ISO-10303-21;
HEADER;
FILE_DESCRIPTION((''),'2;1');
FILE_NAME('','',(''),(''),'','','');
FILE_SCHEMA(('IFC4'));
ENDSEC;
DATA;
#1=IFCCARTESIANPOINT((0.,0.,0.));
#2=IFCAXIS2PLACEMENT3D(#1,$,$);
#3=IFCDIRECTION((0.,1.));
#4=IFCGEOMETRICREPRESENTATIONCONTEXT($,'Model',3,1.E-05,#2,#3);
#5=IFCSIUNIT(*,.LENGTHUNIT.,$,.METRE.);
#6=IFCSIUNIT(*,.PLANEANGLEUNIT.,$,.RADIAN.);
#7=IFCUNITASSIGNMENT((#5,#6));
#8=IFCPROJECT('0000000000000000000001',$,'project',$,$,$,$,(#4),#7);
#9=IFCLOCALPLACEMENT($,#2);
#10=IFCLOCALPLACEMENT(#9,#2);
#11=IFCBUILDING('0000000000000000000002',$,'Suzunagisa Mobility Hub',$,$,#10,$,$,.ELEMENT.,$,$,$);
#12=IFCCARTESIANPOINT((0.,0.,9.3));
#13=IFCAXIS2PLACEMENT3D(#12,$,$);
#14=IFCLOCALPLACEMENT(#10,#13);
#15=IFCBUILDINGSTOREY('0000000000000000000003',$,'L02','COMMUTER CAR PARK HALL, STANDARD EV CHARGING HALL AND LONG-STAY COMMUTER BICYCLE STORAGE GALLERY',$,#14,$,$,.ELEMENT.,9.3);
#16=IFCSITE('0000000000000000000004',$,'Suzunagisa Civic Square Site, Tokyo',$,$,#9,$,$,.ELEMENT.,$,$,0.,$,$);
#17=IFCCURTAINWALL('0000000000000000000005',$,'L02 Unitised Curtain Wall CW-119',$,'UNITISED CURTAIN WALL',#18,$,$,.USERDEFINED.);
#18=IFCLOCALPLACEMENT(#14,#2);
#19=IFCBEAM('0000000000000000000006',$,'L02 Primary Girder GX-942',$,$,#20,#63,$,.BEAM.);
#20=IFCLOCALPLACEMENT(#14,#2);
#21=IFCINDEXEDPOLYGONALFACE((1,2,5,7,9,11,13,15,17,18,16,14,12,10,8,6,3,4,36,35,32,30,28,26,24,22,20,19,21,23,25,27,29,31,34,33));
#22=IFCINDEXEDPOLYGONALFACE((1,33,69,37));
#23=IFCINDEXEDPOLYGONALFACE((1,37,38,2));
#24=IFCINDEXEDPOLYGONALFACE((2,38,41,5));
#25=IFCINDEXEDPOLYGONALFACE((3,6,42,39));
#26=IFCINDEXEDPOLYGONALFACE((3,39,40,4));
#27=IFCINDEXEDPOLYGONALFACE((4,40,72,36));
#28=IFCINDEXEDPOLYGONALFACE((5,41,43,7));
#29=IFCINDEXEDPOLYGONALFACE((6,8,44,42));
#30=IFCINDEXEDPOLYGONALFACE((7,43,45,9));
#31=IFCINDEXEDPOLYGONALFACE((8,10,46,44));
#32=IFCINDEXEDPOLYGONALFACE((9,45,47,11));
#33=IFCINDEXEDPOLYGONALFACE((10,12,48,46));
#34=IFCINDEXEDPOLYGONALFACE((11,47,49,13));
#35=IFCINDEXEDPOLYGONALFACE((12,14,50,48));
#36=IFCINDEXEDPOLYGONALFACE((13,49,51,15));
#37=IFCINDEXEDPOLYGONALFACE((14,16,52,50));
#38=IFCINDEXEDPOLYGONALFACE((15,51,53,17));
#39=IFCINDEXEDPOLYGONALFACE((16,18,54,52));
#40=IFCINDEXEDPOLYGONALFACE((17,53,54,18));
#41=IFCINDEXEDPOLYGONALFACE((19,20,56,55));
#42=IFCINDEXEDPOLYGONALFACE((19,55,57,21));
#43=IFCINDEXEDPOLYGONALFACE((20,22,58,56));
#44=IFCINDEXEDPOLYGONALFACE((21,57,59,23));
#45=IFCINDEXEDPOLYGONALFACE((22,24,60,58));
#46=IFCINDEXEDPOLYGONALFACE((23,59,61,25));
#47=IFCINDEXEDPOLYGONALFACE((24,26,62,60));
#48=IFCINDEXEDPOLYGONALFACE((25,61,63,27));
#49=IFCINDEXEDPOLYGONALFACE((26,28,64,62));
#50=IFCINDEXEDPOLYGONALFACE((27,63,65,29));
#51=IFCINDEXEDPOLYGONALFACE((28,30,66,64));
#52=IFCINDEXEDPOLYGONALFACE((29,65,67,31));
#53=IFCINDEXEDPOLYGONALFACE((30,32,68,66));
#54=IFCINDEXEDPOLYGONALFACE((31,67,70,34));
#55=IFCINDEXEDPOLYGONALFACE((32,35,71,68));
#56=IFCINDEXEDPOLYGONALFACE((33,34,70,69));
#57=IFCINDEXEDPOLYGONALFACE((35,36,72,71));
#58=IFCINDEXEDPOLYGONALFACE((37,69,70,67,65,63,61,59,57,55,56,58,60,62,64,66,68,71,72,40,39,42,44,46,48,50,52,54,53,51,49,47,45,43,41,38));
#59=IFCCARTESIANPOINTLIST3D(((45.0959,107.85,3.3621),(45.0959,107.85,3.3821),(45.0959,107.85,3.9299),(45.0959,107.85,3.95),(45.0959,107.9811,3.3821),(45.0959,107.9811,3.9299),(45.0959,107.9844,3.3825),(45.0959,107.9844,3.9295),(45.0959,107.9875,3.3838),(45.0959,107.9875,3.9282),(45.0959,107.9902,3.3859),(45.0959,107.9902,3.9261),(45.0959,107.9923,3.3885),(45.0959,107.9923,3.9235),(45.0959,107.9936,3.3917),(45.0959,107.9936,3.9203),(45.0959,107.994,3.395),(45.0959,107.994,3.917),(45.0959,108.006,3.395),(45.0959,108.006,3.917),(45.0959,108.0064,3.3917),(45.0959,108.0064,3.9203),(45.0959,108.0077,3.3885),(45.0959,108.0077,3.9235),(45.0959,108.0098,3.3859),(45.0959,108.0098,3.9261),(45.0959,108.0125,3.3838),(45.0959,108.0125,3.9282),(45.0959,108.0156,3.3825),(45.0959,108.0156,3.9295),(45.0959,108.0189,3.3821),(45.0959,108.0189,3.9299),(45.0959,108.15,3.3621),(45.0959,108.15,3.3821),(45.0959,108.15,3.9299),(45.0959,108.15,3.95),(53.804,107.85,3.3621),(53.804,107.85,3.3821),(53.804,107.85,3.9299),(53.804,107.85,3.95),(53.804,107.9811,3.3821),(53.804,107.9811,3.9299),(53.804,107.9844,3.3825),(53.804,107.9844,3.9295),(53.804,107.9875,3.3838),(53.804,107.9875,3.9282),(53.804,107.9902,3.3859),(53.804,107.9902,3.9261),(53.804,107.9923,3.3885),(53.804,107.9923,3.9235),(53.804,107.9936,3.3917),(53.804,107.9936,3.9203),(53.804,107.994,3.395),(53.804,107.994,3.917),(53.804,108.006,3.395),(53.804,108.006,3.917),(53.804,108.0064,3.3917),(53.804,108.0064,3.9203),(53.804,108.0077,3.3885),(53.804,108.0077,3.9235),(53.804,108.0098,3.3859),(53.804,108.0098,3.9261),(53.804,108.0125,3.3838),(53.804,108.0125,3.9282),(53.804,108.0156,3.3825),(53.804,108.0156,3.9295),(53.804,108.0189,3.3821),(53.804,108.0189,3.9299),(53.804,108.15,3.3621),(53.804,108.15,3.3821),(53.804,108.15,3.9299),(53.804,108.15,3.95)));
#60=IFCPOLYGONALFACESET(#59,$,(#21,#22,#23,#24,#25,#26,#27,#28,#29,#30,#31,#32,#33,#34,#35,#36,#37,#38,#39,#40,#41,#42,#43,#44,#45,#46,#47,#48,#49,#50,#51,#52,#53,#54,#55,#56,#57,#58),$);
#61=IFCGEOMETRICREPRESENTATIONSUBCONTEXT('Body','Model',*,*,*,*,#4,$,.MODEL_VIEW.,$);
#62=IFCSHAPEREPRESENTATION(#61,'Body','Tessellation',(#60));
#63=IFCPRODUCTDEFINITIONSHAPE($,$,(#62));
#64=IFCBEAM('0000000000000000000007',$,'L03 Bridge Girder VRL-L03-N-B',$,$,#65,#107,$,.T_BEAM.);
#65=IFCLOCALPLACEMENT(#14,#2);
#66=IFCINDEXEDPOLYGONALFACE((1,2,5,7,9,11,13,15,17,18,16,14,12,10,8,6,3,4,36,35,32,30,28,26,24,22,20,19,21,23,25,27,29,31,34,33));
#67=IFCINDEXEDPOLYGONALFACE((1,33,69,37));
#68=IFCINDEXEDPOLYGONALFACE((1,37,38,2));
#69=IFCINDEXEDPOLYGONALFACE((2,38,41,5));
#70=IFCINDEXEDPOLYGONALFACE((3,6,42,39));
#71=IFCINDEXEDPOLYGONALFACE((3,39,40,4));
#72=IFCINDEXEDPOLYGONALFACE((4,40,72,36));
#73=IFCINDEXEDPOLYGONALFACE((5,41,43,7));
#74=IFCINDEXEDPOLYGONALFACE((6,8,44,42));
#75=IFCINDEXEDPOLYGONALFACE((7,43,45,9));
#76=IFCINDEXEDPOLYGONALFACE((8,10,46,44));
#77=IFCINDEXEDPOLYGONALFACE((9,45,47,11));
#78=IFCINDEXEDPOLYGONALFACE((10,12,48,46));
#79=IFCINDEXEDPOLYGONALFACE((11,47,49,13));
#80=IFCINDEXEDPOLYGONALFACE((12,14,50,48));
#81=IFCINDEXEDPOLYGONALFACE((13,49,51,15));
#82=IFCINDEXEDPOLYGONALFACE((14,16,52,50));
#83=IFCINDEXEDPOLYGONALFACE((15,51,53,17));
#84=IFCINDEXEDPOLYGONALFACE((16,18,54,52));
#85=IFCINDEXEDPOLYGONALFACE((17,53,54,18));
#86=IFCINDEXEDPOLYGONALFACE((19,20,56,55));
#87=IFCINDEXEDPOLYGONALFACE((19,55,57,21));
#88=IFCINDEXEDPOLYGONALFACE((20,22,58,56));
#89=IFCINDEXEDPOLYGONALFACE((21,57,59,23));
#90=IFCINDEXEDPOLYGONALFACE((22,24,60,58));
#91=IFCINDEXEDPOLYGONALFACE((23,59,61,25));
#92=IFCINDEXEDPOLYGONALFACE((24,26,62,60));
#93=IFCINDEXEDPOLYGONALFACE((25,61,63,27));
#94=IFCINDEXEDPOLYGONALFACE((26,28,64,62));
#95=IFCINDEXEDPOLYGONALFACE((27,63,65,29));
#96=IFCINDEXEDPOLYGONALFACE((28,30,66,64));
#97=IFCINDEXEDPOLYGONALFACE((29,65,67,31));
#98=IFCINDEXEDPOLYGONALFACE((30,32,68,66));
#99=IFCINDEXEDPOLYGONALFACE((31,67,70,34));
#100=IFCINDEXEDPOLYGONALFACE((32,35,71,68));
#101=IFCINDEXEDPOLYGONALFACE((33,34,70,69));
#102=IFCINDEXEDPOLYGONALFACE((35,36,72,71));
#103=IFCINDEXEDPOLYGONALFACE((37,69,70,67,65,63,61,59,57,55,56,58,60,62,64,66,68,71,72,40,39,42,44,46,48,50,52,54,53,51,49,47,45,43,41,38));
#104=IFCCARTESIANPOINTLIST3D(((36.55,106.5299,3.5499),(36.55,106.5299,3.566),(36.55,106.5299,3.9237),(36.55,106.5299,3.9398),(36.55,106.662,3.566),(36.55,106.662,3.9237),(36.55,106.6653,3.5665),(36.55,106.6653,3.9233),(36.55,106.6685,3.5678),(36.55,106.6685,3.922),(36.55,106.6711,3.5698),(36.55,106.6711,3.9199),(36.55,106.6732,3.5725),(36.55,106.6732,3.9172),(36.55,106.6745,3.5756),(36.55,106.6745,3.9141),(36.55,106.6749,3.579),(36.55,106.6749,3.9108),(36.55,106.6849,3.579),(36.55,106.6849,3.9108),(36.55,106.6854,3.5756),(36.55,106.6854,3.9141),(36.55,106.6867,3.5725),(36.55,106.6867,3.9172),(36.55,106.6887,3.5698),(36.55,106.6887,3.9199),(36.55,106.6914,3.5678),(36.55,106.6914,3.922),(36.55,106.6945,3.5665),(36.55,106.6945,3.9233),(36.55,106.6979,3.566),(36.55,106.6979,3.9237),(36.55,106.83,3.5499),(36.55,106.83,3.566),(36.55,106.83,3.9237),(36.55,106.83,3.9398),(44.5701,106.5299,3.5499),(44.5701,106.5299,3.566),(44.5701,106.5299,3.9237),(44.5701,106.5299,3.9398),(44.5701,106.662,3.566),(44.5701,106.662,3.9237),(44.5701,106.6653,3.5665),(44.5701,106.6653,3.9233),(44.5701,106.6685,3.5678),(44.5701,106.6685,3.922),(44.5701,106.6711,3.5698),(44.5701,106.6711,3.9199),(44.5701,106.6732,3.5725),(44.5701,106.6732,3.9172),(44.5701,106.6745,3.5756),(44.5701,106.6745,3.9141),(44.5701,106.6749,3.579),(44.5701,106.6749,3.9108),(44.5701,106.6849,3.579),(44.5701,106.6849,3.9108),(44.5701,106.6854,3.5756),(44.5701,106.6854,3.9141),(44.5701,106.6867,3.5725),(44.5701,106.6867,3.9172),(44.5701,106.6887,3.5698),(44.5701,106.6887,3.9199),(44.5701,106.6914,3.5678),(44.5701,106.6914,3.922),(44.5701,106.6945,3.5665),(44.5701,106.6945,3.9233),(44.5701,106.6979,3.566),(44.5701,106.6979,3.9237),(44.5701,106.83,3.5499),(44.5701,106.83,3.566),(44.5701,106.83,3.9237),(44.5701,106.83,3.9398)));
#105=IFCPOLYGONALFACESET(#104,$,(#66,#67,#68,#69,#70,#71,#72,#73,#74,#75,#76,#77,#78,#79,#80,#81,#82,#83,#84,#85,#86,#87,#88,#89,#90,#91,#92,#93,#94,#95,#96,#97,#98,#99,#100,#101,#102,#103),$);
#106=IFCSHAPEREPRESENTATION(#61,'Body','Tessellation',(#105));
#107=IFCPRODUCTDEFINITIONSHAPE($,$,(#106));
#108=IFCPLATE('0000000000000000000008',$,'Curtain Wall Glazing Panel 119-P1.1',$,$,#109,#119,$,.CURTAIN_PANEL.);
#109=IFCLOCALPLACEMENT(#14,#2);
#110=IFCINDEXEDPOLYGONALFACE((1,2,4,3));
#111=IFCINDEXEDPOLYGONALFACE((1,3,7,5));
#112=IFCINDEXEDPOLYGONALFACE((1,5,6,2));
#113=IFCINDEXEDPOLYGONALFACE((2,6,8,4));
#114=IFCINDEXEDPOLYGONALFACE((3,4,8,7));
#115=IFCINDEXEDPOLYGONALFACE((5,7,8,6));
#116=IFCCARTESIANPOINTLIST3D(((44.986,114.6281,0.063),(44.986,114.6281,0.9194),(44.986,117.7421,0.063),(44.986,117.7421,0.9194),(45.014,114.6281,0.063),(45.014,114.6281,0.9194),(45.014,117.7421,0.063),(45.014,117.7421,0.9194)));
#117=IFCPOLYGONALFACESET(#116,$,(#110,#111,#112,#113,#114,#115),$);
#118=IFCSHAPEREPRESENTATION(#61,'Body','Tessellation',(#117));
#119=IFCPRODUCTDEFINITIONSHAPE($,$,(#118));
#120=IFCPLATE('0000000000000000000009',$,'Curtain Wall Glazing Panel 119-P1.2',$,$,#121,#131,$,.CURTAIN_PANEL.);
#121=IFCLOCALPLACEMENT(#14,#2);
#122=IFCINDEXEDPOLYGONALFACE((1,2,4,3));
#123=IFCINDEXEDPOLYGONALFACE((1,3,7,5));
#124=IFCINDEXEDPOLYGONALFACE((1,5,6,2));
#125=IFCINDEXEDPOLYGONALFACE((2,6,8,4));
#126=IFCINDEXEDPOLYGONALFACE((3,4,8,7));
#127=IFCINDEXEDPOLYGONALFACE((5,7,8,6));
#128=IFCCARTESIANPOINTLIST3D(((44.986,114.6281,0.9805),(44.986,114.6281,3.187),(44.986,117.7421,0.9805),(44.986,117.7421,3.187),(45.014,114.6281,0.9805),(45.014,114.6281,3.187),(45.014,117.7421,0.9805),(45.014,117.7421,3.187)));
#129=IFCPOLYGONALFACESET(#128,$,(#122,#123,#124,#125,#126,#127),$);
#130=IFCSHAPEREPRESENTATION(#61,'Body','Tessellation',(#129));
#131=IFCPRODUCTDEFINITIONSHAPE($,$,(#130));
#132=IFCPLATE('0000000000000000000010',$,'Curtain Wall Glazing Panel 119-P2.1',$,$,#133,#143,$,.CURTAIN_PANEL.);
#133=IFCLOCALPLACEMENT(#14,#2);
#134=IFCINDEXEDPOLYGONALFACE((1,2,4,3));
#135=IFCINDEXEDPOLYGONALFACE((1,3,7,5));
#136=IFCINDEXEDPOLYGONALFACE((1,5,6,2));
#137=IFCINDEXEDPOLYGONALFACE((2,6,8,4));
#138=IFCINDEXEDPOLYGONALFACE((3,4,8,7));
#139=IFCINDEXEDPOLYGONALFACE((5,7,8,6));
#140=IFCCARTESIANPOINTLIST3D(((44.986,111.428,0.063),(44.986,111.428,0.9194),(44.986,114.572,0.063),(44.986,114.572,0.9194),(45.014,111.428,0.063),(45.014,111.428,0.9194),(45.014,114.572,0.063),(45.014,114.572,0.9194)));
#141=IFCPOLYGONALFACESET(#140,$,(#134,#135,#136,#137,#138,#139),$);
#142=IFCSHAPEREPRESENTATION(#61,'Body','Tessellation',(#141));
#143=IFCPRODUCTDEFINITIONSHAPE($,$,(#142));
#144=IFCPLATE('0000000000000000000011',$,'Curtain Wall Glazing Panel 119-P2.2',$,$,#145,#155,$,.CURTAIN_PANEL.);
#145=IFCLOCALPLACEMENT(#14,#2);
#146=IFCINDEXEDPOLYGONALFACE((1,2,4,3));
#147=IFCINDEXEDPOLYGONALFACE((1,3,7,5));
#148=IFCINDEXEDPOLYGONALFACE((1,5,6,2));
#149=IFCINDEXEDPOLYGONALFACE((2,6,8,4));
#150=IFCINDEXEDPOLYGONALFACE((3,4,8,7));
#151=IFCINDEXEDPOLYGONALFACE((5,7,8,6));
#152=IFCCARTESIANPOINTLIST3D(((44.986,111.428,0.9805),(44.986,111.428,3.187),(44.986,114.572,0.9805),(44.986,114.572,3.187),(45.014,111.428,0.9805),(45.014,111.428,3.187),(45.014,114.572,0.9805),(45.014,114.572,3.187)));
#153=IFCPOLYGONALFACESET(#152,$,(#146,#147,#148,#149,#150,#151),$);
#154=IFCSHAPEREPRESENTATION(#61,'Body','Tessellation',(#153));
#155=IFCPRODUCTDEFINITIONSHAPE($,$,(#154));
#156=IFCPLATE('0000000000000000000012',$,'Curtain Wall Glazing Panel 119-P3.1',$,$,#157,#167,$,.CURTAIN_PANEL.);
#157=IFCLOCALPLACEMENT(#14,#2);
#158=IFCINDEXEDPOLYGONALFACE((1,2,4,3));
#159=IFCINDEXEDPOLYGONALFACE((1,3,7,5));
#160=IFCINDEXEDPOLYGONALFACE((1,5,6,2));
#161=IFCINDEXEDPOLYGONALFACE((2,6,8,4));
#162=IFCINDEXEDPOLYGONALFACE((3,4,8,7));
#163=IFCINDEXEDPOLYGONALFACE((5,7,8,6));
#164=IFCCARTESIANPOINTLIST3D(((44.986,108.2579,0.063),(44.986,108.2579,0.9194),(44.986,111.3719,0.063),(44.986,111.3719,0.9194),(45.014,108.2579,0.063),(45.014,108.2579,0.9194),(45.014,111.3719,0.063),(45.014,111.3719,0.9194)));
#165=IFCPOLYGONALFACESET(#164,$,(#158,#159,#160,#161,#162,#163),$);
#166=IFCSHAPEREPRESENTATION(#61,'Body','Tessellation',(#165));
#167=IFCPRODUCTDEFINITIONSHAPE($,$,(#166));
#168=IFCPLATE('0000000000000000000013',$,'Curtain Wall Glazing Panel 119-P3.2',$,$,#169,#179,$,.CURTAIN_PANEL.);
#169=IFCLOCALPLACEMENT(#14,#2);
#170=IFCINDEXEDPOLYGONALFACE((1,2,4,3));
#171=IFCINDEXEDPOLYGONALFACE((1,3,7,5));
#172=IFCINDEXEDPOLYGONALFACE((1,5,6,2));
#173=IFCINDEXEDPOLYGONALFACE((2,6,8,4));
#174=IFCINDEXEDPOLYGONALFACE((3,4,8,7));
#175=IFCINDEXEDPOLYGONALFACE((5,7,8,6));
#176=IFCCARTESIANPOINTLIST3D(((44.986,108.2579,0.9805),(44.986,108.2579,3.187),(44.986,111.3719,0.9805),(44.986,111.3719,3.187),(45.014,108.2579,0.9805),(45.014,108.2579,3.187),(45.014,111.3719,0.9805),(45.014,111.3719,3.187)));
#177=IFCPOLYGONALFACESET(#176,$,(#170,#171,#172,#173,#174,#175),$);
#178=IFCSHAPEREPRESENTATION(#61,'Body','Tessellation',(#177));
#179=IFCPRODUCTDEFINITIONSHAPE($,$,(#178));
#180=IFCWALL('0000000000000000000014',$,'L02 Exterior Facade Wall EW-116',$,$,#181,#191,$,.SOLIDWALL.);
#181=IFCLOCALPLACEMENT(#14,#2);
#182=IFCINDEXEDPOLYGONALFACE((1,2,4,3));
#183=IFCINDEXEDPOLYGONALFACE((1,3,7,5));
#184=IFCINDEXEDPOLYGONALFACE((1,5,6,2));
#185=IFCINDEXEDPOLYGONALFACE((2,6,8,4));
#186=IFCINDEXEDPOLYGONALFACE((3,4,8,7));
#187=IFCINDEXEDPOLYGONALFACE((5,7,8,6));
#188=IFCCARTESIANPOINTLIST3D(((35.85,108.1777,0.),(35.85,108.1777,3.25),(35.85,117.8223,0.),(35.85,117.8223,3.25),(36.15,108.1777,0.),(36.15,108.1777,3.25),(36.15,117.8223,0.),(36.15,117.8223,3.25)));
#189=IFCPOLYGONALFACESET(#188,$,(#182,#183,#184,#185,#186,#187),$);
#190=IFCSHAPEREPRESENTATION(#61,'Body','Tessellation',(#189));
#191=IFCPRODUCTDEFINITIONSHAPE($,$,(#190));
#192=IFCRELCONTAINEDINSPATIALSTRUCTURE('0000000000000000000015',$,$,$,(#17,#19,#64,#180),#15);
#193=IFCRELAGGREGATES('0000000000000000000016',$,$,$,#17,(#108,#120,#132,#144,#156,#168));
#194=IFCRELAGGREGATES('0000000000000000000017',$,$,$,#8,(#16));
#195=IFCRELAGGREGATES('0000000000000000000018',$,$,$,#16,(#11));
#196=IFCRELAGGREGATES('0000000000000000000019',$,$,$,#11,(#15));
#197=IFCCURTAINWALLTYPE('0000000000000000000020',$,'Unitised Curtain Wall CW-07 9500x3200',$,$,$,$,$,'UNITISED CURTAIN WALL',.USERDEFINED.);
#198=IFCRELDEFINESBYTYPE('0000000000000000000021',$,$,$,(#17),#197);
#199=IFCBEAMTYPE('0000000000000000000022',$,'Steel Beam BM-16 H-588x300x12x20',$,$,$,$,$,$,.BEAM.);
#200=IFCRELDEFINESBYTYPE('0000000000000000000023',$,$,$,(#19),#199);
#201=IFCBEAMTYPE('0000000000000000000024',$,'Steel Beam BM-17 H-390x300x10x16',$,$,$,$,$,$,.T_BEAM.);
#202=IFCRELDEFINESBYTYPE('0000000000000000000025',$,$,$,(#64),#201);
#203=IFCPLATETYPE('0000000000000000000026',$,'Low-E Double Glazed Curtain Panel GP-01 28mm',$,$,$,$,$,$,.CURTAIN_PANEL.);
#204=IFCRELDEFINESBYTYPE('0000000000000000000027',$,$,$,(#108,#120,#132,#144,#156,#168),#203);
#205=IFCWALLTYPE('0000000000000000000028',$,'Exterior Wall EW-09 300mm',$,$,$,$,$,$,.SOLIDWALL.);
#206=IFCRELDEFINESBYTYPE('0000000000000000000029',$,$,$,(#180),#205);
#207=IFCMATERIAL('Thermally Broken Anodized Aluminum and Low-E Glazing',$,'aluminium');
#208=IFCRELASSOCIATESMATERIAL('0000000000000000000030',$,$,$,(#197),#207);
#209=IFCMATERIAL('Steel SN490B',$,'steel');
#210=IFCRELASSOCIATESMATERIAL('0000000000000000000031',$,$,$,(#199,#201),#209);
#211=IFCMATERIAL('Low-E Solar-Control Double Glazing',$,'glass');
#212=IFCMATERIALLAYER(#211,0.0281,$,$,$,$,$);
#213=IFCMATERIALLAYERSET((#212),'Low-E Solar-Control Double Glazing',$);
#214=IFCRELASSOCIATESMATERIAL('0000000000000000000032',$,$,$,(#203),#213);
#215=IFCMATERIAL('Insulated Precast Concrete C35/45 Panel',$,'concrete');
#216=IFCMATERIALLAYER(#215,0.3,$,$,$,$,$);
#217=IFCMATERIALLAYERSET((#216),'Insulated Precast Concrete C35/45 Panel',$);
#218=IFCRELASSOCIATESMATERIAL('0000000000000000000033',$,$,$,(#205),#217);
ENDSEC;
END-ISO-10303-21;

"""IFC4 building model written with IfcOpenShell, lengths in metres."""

from ifc_helpers import new_model, si_unit, direction, frame, frame_2d, origin, origin_2d, place, context, subcontext, project, spatial, rectangle, i_section, extrude, material, layer, layer_set, material_profile, profile_set, type_object, element, aggregate, save


model = new_model("IFC4")

# Units and contexts
model_context = context("Model", 3, precision=1e-05, world=origin(), true_north=direction((0.0, 1.0)))
body_context = subcontext(model_context, "Body", "Model", "MODEL_VIEW")
ifc_project = project(units=[si_unit("LENGTHUNIT", "METRE"), si_unit("PLANEANGLEUNIT", "RADIAN")], contexts=[model_context])

# Site, building, storey
site_placement = place(None, origin())
site = spatial("IfcSite", under=ifc_project, at=site_placement, Name="Suzunagisa Civic Square Site, Tokyo", CompositionType="ELEMENT", RefElevation=0.0)
building_placement = place(site_placement, origin())
building = spatial("IfcBuilding", under=site, at=building_placement, Name="Suzunagisa Mobility Hub", CompositionType="ELEMENT")
storey_placement = place(building_placement, frame((0.0, 0.0, 9.3)))
storey = spatial("IfcBuildingStorey", under=building, at=storey_placement, Name="L02", Description="COMMUTER CAR PARK HALL, STANDARD EV CHARGING HALL AND LONG-STAY COMMUTER BICYCLE STORAGE GALLERY", CompositionType="ELEMENT", Elevation=9.3)

# Shared definitions
ifc_material_1 = material(Name="Steel SN490B", Category="steel")

# Curtain wall
ifc_material_2 = material(Name="Thermally Broken Anodized Aluminum and Low-E Glazing", Category="aluminium")
curtain_wall_type = type_object("IfcCurtainWallType", Name="Unitised Curtain Wall CW-07 9500x3200", ElementType="UNITISED CURTAIN WALL", PredefinedType="USERDEFINED", material=ifc_material_2)
curtain_wall_placement = place(storey_placement, origin())
curtain_wall = element("IfcCurtainWall", 1, at=curtain_wall_placement, inside=storey, type_object=curtain_wall_type, Name="L02 Unitised Curtain Wall CW-119", ObjectType="UNITISED CURTAIN WALL", PredefinedType="USERDEFINED")

# Beams
ifc_material_profile_1 = material_profile(ifc_material_1, i_section(OverallWidth=0.3, OverallDepth=0.5879, WebThickness=0.012, FlangeThickness=0.02, FilletRadius=0.0129, at=origin_2d()), Name="H-588x300x12x20")
ifc_profile_set_1 = profile_set([ifc_material_profile_1], Name="Steel SN490B")
beam_type_1 = type_object("IfcBeamType", Name="Steel Beam BM-16 H-588x300x12x20", PredefinedType="BEAM", material=ifc_profile_set_1)
beam_1_placement = place(storey_placement, frame((45.0959, 108.0, 3.656), z_axis=(1.0, 0.0, 0.0), x_axis=(0.0, 1.0, 0.0)))
element("IfcBeam", 2, at=beam_1_placement, inside=storey, type_object=beam_type_1, Name="L02 Primary Girder GX-942", PredefinedType="BEAM", context=body_context, shape_type="SweptSolid", body=[
    extrude(i_section(OverallWidth=0.3, OverallDepth=0.5879, WebThickness=0.012, FlangeThickness=0.02, FilletRadius=0.0129, at=origin_2d()), origin(), (0.0, 0.0, 1.0), 8.708),
])
ifc_material_profile_2 = material_profile(ifc_material_1, i_section(OverallWidth=0.3, OverallDepth=0.3899, WebThickness=0.01, FlangeThickness=0.0161, FilletRadius=0.0129, at=origin_2d()), Name="H-390x300x10x16")
ifc_profile_set_2 = profile_set([ifc_material_profile_2], Name="Steel SN490B")
beam_type_2 = type_object("IfcBeamType", Name="Steel Beam BM-17 H-390x300x10x16", PredefinedType="T_BEAM", material=ifc_profile_set_2)
beam_2_placement = place(storey_placement, frame((36.55, 106.6799, 3.7449), z_axis=(1.0, 0.0, 0.0), x_axis=(0.0, 1.0, 0.0)))
element("IfcBeam", 3, at=beam_2_placement, inside=storey, type_object=beam_type_2, Name="L03 Bridge Girder VRL-L03-N-B", PredefinedType="T_BEAM", context=body_context, shape_type="SweptSolid", body=[
    extrude(i_section(OverallWidth=0.3, OverallDepth=0.3899, WebThickness=0.01, FlangeThickness=0.0161, FilletRadius=0.0129, at=origin_2d()), origin(), (0.0, 0.0, 1.0), 8.02),
])

# Plates
ifc_material_3 = material(Name="Low-E Solar-Control Double Glazing", Category="glass")
ifc_layer_1 = layer(ifc_material_3, 0.0281)
ifc_layer_set_1 = layer_set([ifc_layer_1], Name="Low-E Solar-Control Double Glazing")
plate_type = type_object("IfcPlateType", Name="Low-E Double Glazed Curtain Panel GP-01 28mm", PredefinedType="CURTAIN_PANEL", material=ifc_layer_set_1)
plate_1_placement = place(storey_placement, frame((45.0, 116.1851, 0.063), z_axis=(0.0, 0.0, 1.0), x_axis=(0.0, -1.0, 0.0)))
plate_1 = element("IfcPlate", 4, at=plate_1_placement, type_object=plate_type, Name="Curtain Wall Glazing Panel 119-P1.1", PredefinedType="CURTAIN_PANEL", context=body_context, shape_type="SweptSolid", body=[
    extrude(rectangle(XDim=3.114, YDim=0.0281, at=origin_2d()), origin(), (0.0, 0.0, 1.0), 0.8564),
])
plate_2_placement = place(storey_placement, frame((45.0, 116.1851, 0.9805), z_axis=(0.0, 0.0, 1.0), x_axis=(0.0, -1.0, 0.0)))
plate_2 = element("IfcPlate", 5, at=plate_2_placement, type_object=plate_type, Name="Curtain Wall Glazing Panel 119-P1.2", PredefinedType="CURTAIN_PANEL", context=body_context, shape_type="SweptSolid", body=[
    extrude(rectangle(XDim=3.114, YDim=0.0281, at=origin_2d()), origin(), (0.0, 0.0, 1.0), 2.2065),
])
plate_3_placement = place(storey_placement, frame((45.0, 113.0, 0.063), z_axis=(0.0, 0.0, 1.0), x_axis=(0.0, -1.0, 0.0)))
plate_3 = element("IfcPlate", 6, at=plate_3_placement, type_object=plate_type, Name="Curtain Wall Glazing Panel 119-P2.1", PredefinedType="CURTAIN_PANEL", context=body_context, shape_type="SweptSolid", body=[
    extrude(rectangle(XDim=3.144, YDim=0.0281, at=origin_2d()), origin(), (0.0, 0.0, 1.0), 0.8564),
])
plate_4_placement = place(storey_placement, frame((45.0, 113.0, 0.9805), z_axis=(0.0, 0.0, 1.0), x_axis=(0.0, -1.0, 0.0)))
plate_4 = element("IfcPlate", 7, at=plate_4_placement, type_object=plate_type, Name="Curtain Wall Glazing Panel 119-P2.2", PredefinedType="CURTAIN_PANEL", context=body_context, shape_type="SweptSolid", body=[
    extrude(rectangle(XDim=3.144, YDim=0.0281, at=origin_2d()), origin(), (0.0, 0.0, 1.0), 2.2065),
])
plate_5_placement = place(storey_placement, frame((45.0, 109.8149, 0.063), z_axis=(0.0, 0.0, 1.0), x_axis=(0.0, -1.0, 0.0)))
plate_5 = element("IfcPlate", 8, at=plate_5_placement, type_object=plate_type, Name="Curtain Wall Glazing Panel 119-P3.1", PredefinedType="CURTAIN_PANEL", context=body_context, shape_type="SweptSolid", body=[
    extrude(rectangle(XDim=3.114, YDim=0.0281, at=origin_2d()), origin(), (0.0, 0.0, 1.0), 0.8564),
])
plate_6_placement = place(storey_placement, frame((45.0, 109.8149, 0.9805), z_axis=(0.0, 0.0, 1.0), x_axis=(0.0, -1.0, 0.0)))
plate_6 = element("IfcPlate", 9, at=plate_6_placement, type_object=plate_type, Name="Curtain Wall Glazing Panel 119-P3.2", PredefinedType="CURTAIN_PANEL", context=body_context, shape_type="SweptSolid", body=[
    extrude(rectangle(XDim=3.114, YDim=0.0281, at=origin_2d()), origin(), (0.0, 0.0, 1.0), 2.2065),
])
aggregate(curtain_wall, [plate_1, plate_2, plate_3, plate_4, plate_5, plate_6])

# Wall
ifc_material_4 = material(Name="Insulated Precast Concrete C35/45 Panel", Category="concrete")
ifc_layer_2 = layer(ifc_material_4, 0.3)
ifc_layer_set_2 = layer_set([ifc_layer_2], Name="Insulated Precast Concrete C35/45 Panel")
wall_type = type_object("IfcWallType", Name="Exterior Wall EW-09 300mm", PredefinedType="SOLIDWALL", material=ifc_layer_set_2)
wall_placement = place(storey_placement, frame((36.0, 108.1777, 0.0), z_axis=(0.0, 0.0, 1.0), x_axis=(0.0, 1.0, 0.0)))
element("IfcWall", 10, at=wall_placement, inside=storey, type_object=wall_type, Name="L02 Exterior Facade Wall EW-116", PredefinedType="SOLIDWALL", context=body_context, shape_type="SweptSolid", body=[
    extrude(rectangle(XDim=9.6445, YDim=0.3, at=frame_2d((4.8223, 0.0))), origin(), (0.0, 0.0, 1.0), 3.25),
])

save(model, "model.ifc")
